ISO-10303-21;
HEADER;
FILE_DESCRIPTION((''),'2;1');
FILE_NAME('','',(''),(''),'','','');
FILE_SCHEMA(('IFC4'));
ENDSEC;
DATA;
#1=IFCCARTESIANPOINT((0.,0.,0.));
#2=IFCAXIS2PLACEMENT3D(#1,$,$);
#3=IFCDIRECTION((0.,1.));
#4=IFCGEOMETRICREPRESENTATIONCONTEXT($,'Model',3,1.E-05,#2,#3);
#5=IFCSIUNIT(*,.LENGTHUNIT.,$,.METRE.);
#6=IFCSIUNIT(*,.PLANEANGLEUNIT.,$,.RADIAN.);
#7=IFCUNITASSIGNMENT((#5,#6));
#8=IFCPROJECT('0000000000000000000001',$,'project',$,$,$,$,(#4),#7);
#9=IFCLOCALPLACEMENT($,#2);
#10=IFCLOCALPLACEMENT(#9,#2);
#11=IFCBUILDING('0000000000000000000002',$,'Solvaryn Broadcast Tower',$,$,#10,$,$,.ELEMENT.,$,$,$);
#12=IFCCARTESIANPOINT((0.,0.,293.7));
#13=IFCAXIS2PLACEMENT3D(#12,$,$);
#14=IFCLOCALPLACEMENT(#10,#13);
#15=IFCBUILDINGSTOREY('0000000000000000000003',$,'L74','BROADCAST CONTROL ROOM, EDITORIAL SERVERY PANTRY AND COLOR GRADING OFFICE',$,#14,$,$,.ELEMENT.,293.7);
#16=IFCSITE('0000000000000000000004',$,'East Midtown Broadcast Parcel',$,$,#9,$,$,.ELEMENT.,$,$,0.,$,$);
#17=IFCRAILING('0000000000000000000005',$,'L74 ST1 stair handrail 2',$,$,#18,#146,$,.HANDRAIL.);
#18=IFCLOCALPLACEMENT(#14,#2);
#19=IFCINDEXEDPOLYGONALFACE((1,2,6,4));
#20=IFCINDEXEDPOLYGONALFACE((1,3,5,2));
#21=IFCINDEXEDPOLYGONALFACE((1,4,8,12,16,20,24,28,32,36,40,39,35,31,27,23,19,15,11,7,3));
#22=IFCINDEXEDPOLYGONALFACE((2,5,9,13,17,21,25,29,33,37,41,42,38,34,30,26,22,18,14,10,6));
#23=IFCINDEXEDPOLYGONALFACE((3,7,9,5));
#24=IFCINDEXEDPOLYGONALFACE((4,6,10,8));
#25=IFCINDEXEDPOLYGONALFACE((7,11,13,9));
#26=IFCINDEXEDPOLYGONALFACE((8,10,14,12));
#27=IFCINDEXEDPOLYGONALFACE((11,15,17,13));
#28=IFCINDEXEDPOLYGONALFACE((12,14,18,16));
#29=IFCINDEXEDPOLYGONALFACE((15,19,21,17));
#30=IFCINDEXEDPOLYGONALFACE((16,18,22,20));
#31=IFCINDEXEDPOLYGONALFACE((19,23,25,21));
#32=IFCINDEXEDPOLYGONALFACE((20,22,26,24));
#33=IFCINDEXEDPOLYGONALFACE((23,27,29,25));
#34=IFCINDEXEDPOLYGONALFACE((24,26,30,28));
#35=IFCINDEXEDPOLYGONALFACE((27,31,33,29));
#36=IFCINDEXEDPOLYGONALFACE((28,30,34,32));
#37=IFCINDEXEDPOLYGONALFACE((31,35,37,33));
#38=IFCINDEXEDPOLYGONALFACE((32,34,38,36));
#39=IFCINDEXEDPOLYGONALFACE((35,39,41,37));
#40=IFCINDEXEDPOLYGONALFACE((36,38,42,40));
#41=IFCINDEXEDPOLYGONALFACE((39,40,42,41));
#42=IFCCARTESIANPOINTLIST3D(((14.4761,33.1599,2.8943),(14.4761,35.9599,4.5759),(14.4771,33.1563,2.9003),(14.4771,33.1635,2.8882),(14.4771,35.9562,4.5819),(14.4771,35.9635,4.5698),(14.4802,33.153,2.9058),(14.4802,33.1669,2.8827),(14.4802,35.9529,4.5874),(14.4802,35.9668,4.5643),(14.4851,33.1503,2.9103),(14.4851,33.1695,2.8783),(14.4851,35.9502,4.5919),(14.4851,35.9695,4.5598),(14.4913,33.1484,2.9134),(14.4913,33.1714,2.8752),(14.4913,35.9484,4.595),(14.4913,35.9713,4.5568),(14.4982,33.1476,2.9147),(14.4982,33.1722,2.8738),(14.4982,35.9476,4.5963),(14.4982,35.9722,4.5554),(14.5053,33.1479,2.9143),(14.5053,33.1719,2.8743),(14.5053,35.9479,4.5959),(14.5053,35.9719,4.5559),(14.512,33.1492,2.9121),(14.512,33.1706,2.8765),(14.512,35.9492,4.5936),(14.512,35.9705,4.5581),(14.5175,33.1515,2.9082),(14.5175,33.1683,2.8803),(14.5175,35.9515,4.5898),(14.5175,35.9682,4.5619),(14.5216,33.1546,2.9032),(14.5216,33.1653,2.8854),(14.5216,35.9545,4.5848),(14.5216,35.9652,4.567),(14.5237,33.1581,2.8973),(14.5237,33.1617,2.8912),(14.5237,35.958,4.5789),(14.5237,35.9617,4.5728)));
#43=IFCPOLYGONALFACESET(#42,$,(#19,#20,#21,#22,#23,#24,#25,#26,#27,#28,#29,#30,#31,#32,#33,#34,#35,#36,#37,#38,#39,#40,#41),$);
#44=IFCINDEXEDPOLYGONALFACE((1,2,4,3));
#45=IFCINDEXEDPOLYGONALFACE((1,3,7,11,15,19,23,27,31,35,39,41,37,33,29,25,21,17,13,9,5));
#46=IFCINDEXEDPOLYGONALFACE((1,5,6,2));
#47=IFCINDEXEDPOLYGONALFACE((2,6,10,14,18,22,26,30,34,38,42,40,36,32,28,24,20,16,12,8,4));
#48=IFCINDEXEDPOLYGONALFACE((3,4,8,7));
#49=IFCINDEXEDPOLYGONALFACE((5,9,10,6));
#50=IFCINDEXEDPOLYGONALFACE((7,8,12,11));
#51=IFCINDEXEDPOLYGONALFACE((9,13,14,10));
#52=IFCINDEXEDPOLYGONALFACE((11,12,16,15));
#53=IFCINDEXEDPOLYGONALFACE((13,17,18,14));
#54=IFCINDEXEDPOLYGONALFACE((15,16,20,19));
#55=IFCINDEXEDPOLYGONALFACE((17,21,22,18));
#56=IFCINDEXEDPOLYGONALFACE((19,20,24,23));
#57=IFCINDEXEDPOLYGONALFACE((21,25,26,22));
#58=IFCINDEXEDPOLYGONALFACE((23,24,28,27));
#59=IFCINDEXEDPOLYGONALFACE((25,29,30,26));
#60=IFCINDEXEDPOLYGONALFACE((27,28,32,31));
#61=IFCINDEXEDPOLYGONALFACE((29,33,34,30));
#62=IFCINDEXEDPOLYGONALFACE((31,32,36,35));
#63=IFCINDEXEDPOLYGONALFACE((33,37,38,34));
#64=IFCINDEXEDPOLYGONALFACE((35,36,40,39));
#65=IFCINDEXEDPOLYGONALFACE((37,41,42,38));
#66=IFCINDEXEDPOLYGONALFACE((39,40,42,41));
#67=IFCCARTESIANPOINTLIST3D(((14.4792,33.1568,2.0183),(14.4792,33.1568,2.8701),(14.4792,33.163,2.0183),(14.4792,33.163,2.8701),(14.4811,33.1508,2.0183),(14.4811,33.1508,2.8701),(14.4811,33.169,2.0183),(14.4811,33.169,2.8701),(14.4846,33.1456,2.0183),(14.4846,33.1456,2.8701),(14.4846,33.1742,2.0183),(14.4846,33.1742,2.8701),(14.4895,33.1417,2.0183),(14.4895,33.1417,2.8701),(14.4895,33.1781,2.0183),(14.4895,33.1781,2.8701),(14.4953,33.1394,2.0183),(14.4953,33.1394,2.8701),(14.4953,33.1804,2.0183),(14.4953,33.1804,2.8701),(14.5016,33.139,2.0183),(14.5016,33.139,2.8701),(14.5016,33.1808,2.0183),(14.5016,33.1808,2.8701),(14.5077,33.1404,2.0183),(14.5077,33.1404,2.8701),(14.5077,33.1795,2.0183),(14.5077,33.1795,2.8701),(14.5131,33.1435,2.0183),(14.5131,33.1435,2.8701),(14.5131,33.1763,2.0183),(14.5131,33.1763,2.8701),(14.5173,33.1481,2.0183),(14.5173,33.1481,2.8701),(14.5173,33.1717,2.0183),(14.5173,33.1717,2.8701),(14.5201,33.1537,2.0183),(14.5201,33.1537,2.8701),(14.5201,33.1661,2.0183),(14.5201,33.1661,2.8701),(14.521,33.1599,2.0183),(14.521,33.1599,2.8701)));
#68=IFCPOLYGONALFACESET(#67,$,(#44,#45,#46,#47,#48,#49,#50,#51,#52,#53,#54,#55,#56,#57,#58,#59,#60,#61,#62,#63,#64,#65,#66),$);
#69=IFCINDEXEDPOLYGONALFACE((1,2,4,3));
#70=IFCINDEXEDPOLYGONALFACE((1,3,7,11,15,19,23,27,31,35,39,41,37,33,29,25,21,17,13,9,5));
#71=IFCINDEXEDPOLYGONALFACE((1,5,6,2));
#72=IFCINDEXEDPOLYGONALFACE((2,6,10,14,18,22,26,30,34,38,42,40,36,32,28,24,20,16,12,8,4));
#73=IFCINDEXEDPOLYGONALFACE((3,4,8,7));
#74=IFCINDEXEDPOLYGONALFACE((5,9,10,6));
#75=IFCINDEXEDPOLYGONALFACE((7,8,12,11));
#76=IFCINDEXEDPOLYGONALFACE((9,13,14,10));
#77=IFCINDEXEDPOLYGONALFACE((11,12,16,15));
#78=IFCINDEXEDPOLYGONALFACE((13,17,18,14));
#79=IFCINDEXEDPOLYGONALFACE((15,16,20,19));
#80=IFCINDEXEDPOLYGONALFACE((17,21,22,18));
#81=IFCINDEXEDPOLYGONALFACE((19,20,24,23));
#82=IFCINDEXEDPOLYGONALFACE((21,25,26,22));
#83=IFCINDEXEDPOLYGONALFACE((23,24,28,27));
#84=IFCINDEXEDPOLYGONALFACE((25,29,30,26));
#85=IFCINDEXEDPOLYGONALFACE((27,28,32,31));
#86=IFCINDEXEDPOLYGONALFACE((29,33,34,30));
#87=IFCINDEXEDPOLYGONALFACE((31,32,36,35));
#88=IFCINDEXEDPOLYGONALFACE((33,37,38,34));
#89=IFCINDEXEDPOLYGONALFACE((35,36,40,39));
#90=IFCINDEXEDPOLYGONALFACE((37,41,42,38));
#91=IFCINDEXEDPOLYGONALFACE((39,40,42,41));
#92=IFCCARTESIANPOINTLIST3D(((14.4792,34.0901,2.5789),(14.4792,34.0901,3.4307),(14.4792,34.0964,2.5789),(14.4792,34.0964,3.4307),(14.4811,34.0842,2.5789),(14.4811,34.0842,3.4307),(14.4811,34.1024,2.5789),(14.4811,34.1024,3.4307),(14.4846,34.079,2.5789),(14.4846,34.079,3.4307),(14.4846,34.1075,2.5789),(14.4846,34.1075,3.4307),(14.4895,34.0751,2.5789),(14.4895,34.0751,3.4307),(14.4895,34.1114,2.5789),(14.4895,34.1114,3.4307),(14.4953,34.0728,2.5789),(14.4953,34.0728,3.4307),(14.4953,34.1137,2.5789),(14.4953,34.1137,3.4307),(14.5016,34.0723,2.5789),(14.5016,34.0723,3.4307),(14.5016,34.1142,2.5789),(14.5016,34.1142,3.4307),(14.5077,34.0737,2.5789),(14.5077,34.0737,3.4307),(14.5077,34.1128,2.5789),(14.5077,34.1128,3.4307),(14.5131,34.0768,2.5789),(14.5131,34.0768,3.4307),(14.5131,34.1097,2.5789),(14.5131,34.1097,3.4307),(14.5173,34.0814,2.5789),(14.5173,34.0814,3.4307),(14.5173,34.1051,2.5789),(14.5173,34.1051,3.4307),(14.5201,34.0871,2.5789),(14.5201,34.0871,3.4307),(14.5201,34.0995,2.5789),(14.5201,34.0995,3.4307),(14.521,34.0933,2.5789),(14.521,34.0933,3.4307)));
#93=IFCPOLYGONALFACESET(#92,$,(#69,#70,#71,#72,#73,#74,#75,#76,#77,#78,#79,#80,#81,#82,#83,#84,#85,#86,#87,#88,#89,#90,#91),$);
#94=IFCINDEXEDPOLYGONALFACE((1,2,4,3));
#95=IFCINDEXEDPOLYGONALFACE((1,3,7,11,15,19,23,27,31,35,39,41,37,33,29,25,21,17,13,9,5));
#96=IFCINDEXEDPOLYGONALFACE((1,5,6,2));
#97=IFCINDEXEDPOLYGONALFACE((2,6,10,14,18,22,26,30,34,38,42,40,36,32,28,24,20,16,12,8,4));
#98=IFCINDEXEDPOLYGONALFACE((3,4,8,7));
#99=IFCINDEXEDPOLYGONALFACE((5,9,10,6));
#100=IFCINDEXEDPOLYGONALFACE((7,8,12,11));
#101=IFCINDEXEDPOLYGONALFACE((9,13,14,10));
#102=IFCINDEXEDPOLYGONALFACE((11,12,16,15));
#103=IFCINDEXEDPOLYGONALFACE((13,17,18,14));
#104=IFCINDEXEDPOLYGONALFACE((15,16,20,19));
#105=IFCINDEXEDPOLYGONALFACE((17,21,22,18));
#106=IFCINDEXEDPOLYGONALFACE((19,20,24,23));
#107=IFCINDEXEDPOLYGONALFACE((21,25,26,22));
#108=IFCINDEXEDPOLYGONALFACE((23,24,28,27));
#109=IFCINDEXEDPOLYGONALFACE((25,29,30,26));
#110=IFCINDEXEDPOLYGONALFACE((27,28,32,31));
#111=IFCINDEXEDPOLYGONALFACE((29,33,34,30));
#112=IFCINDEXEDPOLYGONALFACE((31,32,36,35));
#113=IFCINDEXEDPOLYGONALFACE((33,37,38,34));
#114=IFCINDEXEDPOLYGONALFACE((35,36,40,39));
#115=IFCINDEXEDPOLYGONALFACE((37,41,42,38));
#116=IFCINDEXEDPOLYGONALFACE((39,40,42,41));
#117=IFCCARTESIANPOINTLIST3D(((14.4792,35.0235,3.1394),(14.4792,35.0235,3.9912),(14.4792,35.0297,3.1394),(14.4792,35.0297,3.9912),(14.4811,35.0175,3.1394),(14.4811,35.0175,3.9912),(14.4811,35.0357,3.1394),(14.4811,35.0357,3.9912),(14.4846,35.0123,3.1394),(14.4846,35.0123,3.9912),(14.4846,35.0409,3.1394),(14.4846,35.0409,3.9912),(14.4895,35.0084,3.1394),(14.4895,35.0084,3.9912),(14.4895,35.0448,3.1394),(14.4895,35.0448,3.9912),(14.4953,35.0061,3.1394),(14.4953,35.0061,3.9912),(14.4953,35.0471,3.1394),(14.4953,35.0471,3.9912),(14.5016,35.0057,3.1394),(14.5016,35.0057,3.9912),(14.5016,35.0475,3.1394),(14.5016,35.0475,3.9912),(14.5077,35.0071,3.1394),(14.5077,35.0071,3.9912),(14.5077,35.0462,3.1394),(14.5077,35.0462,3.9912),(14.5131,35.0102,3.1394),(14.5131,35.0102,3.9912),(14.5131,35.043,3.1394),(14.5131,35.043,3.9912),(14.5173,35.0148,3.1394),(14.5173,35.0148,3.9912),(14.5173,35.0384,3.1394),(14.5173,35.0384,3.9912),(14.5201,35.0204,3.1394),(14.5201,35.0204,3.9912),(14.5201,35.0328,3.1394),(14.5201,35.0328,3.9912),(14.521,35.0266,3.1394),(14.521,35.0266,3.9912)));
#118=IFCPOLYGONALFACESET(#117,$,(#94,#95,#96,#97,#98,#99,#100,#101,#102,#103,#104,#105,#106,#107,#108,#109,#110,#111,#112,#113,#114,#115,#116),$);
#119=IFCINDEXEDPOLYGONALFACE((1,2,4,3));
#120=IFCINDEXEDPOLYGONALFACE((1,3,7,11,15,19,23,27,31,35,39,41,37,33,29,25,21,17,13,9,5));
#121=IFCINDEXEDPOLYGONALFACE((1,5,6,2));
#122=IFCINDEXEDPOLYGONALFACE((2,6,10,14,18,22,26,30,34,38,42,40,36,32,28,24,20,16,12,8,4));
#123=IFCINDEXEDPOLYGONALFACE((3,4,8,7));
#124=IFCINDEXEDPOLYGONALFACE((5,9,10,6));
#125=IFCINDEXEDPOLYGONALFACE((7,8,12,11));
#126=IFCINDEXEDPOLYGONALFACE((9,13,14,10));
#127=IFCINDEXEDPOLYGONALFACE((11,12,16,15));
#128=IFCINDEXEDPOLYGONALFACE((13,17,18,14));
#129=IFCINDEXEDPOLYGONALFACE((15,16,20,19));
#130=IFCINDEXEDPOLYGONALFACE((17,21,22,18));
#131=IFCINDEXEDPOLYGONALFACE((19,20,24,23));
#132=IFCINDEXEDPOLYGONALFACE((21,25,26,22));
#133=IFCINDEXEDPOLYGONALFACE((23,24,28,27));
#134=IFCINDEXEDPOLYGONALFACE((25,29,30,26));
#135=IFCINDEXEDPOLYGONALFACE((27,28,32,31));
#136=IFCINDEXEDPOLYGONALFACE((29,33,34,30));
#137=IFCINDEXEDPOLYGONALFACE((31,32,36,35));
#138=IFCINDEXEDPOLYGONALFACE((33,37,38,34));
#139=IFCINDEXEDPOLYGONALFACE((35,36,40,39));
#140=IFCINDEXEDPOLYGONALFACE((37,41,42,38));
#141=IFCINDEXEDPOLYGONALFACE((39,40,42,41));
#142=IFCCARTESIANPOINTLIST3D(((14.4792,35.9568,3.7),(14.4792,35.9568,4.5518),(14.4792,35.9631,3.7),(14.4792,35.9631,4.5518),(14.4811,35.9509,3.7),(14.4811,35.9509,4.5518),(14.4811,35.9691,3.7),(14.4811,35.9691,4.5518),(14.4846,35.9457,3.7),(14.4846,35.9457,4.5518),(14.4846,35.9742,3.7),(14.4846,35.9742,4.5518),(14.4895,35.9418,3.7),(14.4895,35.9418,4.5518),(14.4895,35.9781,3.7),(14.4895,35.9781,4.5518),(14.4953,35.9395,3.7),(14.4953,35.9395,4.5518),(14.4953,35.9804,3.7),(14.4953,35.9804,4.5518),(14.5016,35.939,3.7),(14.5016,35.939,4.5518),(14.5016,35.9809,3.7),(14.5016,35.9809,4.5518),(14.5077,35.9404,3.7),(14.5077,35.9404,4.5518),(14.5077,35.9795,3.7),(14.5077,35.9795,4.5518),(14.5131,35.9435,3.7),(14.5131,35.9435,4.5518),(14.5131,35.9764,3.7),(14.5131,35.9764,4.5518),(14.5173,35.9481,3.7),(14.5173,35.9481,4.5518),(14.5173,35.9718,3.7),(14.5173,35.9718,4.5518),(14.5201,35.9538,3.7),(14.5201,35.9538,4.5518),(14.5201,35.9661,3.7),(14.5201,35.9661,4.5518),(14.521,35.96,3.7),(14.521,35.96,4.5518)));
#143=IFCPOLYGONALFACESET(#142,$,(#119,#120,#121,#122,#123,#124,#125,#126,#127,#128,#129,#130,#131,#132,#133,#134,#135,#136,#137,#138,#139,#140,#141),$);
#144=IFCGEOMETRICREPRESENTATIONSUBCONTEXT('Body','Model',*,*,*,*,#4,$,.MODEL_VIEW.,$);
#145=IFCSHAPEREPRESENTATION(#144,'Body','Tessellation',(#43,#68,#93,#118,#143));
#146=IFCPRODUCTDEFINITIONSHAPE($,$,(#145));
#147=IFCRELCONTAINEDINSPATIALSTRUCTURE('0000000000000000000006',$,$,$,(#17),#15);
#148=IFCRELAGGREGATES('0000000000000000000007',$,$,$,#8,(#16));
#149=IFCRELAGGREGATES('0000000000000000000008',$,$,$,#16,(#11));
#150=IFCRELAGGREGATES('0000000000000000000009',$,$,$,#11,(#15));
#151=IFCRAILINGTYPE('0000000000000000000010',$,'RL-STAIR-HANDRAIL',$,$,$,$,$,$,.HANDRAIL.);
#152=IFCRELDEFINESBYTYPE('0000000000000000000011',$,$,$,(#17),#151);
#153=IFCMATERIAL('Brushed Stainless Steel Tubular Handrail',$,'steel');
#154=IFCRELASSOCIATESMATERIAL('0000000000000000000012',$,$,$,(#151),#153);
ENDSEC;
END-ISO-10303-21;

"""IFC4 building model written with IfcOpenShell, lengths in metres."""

from ifc_helpers import new_model, si_unit, direction, frame, origin, origin_2d, place, context, subcontext, project, spatial, circle, extrude, material, type_object, element, save


model = new_model("IFC4")

# Units and contexts
model_context = context("Model", 3, precision=1e-05, world=origin(), true_north=direction((0.0, 1.0)))
body_context = subcontext(model_context, "Body", "Model", "MODEL_VIEW")
ifc_project = project(units=[si_unit("LENGTHUNIT", "METRE"), si_unit("PLANEANGLEUNIT", "RADIAN")], contexts=[model_context])

# Site, building, storey
site_placement = place(None, origin())
site = spatial("IfcSite", under=ifc_project, at=site_placement, Name="East Midtown Broadcast Parcel", CompositionType="ELEMENT", RefElevation=0.0)
building_placement = place(site_placement, origin())
building = spatial("IfcBuilding", under=site, at=building_placement, Name="Solvaryn Broadcast Tower", CompositionType="ELEMENT")
storey_placement = place(building_placement, frame((0.0, 0.0, 293.7)))
storey = spatial("IfcBuildingStorey", under=building, at=storey_placement, Name="L74", Description="BROADCAST CONTROL ROOM, EDITORIAL SERVERY PANTRY AND COLOR GRADING OFFICE", CompositionType="ELEMENT", Elevation=293.7)

# Railing
ifc_material_1 = material(Name="Brushed Stainless Steel Tubular Handrail", Category="steel")
railing_type_1 = type_object("IfcRailingType", Name="RL-STAIR-HANDRAIL", PredefinedType="HANDRAIL", material=ifc_material_1)
railing_1_placement = place(storey_placement, frame((14.5, 33.1599, 2.0183)))
element("IfcRailing", 1, at=railing_1_placement, inside=storey, type_object=railing_type_1, Name="L74 ST1 stair handrail 2", PredefinedType="HANDRAIL", context=body_context, shape_type="SweptSolid", body=[
    extrude(circle(Radius=0.0239, at=origin_2d()), frame((0.0, 0.0, 0.876), z_axis=(0.0, 0.857275, 0.514858), x_axis=(-1.0, 0.0, 0.0)), (0.0, 0.0, 1.0), 3.2661),
    extrude(circle(Radius=0.021, at=origin_2d()), origin(), (0.0, 0.0, 1.0), 0.8518),
    extrude(circle(Radius=0.021, at=origin_2d()), frame((0.0, 0.9333, 0.5605)), (0.0, 0.0, 1.0), 0.8518),
    extrude(circle(Radius=0.021, at=origin_2d()), frame((0.0, 1.8667, 1.1211)), (0.0, 0.0, 1.0), 0.8518),
    extrude(circle(Radius=0.021, at=origin_2d()), frame((0.0, 2.8, 1.6816)), (0.0, 0.0, 1.0), 0.8518),
])

save(model, "model.ifc")
